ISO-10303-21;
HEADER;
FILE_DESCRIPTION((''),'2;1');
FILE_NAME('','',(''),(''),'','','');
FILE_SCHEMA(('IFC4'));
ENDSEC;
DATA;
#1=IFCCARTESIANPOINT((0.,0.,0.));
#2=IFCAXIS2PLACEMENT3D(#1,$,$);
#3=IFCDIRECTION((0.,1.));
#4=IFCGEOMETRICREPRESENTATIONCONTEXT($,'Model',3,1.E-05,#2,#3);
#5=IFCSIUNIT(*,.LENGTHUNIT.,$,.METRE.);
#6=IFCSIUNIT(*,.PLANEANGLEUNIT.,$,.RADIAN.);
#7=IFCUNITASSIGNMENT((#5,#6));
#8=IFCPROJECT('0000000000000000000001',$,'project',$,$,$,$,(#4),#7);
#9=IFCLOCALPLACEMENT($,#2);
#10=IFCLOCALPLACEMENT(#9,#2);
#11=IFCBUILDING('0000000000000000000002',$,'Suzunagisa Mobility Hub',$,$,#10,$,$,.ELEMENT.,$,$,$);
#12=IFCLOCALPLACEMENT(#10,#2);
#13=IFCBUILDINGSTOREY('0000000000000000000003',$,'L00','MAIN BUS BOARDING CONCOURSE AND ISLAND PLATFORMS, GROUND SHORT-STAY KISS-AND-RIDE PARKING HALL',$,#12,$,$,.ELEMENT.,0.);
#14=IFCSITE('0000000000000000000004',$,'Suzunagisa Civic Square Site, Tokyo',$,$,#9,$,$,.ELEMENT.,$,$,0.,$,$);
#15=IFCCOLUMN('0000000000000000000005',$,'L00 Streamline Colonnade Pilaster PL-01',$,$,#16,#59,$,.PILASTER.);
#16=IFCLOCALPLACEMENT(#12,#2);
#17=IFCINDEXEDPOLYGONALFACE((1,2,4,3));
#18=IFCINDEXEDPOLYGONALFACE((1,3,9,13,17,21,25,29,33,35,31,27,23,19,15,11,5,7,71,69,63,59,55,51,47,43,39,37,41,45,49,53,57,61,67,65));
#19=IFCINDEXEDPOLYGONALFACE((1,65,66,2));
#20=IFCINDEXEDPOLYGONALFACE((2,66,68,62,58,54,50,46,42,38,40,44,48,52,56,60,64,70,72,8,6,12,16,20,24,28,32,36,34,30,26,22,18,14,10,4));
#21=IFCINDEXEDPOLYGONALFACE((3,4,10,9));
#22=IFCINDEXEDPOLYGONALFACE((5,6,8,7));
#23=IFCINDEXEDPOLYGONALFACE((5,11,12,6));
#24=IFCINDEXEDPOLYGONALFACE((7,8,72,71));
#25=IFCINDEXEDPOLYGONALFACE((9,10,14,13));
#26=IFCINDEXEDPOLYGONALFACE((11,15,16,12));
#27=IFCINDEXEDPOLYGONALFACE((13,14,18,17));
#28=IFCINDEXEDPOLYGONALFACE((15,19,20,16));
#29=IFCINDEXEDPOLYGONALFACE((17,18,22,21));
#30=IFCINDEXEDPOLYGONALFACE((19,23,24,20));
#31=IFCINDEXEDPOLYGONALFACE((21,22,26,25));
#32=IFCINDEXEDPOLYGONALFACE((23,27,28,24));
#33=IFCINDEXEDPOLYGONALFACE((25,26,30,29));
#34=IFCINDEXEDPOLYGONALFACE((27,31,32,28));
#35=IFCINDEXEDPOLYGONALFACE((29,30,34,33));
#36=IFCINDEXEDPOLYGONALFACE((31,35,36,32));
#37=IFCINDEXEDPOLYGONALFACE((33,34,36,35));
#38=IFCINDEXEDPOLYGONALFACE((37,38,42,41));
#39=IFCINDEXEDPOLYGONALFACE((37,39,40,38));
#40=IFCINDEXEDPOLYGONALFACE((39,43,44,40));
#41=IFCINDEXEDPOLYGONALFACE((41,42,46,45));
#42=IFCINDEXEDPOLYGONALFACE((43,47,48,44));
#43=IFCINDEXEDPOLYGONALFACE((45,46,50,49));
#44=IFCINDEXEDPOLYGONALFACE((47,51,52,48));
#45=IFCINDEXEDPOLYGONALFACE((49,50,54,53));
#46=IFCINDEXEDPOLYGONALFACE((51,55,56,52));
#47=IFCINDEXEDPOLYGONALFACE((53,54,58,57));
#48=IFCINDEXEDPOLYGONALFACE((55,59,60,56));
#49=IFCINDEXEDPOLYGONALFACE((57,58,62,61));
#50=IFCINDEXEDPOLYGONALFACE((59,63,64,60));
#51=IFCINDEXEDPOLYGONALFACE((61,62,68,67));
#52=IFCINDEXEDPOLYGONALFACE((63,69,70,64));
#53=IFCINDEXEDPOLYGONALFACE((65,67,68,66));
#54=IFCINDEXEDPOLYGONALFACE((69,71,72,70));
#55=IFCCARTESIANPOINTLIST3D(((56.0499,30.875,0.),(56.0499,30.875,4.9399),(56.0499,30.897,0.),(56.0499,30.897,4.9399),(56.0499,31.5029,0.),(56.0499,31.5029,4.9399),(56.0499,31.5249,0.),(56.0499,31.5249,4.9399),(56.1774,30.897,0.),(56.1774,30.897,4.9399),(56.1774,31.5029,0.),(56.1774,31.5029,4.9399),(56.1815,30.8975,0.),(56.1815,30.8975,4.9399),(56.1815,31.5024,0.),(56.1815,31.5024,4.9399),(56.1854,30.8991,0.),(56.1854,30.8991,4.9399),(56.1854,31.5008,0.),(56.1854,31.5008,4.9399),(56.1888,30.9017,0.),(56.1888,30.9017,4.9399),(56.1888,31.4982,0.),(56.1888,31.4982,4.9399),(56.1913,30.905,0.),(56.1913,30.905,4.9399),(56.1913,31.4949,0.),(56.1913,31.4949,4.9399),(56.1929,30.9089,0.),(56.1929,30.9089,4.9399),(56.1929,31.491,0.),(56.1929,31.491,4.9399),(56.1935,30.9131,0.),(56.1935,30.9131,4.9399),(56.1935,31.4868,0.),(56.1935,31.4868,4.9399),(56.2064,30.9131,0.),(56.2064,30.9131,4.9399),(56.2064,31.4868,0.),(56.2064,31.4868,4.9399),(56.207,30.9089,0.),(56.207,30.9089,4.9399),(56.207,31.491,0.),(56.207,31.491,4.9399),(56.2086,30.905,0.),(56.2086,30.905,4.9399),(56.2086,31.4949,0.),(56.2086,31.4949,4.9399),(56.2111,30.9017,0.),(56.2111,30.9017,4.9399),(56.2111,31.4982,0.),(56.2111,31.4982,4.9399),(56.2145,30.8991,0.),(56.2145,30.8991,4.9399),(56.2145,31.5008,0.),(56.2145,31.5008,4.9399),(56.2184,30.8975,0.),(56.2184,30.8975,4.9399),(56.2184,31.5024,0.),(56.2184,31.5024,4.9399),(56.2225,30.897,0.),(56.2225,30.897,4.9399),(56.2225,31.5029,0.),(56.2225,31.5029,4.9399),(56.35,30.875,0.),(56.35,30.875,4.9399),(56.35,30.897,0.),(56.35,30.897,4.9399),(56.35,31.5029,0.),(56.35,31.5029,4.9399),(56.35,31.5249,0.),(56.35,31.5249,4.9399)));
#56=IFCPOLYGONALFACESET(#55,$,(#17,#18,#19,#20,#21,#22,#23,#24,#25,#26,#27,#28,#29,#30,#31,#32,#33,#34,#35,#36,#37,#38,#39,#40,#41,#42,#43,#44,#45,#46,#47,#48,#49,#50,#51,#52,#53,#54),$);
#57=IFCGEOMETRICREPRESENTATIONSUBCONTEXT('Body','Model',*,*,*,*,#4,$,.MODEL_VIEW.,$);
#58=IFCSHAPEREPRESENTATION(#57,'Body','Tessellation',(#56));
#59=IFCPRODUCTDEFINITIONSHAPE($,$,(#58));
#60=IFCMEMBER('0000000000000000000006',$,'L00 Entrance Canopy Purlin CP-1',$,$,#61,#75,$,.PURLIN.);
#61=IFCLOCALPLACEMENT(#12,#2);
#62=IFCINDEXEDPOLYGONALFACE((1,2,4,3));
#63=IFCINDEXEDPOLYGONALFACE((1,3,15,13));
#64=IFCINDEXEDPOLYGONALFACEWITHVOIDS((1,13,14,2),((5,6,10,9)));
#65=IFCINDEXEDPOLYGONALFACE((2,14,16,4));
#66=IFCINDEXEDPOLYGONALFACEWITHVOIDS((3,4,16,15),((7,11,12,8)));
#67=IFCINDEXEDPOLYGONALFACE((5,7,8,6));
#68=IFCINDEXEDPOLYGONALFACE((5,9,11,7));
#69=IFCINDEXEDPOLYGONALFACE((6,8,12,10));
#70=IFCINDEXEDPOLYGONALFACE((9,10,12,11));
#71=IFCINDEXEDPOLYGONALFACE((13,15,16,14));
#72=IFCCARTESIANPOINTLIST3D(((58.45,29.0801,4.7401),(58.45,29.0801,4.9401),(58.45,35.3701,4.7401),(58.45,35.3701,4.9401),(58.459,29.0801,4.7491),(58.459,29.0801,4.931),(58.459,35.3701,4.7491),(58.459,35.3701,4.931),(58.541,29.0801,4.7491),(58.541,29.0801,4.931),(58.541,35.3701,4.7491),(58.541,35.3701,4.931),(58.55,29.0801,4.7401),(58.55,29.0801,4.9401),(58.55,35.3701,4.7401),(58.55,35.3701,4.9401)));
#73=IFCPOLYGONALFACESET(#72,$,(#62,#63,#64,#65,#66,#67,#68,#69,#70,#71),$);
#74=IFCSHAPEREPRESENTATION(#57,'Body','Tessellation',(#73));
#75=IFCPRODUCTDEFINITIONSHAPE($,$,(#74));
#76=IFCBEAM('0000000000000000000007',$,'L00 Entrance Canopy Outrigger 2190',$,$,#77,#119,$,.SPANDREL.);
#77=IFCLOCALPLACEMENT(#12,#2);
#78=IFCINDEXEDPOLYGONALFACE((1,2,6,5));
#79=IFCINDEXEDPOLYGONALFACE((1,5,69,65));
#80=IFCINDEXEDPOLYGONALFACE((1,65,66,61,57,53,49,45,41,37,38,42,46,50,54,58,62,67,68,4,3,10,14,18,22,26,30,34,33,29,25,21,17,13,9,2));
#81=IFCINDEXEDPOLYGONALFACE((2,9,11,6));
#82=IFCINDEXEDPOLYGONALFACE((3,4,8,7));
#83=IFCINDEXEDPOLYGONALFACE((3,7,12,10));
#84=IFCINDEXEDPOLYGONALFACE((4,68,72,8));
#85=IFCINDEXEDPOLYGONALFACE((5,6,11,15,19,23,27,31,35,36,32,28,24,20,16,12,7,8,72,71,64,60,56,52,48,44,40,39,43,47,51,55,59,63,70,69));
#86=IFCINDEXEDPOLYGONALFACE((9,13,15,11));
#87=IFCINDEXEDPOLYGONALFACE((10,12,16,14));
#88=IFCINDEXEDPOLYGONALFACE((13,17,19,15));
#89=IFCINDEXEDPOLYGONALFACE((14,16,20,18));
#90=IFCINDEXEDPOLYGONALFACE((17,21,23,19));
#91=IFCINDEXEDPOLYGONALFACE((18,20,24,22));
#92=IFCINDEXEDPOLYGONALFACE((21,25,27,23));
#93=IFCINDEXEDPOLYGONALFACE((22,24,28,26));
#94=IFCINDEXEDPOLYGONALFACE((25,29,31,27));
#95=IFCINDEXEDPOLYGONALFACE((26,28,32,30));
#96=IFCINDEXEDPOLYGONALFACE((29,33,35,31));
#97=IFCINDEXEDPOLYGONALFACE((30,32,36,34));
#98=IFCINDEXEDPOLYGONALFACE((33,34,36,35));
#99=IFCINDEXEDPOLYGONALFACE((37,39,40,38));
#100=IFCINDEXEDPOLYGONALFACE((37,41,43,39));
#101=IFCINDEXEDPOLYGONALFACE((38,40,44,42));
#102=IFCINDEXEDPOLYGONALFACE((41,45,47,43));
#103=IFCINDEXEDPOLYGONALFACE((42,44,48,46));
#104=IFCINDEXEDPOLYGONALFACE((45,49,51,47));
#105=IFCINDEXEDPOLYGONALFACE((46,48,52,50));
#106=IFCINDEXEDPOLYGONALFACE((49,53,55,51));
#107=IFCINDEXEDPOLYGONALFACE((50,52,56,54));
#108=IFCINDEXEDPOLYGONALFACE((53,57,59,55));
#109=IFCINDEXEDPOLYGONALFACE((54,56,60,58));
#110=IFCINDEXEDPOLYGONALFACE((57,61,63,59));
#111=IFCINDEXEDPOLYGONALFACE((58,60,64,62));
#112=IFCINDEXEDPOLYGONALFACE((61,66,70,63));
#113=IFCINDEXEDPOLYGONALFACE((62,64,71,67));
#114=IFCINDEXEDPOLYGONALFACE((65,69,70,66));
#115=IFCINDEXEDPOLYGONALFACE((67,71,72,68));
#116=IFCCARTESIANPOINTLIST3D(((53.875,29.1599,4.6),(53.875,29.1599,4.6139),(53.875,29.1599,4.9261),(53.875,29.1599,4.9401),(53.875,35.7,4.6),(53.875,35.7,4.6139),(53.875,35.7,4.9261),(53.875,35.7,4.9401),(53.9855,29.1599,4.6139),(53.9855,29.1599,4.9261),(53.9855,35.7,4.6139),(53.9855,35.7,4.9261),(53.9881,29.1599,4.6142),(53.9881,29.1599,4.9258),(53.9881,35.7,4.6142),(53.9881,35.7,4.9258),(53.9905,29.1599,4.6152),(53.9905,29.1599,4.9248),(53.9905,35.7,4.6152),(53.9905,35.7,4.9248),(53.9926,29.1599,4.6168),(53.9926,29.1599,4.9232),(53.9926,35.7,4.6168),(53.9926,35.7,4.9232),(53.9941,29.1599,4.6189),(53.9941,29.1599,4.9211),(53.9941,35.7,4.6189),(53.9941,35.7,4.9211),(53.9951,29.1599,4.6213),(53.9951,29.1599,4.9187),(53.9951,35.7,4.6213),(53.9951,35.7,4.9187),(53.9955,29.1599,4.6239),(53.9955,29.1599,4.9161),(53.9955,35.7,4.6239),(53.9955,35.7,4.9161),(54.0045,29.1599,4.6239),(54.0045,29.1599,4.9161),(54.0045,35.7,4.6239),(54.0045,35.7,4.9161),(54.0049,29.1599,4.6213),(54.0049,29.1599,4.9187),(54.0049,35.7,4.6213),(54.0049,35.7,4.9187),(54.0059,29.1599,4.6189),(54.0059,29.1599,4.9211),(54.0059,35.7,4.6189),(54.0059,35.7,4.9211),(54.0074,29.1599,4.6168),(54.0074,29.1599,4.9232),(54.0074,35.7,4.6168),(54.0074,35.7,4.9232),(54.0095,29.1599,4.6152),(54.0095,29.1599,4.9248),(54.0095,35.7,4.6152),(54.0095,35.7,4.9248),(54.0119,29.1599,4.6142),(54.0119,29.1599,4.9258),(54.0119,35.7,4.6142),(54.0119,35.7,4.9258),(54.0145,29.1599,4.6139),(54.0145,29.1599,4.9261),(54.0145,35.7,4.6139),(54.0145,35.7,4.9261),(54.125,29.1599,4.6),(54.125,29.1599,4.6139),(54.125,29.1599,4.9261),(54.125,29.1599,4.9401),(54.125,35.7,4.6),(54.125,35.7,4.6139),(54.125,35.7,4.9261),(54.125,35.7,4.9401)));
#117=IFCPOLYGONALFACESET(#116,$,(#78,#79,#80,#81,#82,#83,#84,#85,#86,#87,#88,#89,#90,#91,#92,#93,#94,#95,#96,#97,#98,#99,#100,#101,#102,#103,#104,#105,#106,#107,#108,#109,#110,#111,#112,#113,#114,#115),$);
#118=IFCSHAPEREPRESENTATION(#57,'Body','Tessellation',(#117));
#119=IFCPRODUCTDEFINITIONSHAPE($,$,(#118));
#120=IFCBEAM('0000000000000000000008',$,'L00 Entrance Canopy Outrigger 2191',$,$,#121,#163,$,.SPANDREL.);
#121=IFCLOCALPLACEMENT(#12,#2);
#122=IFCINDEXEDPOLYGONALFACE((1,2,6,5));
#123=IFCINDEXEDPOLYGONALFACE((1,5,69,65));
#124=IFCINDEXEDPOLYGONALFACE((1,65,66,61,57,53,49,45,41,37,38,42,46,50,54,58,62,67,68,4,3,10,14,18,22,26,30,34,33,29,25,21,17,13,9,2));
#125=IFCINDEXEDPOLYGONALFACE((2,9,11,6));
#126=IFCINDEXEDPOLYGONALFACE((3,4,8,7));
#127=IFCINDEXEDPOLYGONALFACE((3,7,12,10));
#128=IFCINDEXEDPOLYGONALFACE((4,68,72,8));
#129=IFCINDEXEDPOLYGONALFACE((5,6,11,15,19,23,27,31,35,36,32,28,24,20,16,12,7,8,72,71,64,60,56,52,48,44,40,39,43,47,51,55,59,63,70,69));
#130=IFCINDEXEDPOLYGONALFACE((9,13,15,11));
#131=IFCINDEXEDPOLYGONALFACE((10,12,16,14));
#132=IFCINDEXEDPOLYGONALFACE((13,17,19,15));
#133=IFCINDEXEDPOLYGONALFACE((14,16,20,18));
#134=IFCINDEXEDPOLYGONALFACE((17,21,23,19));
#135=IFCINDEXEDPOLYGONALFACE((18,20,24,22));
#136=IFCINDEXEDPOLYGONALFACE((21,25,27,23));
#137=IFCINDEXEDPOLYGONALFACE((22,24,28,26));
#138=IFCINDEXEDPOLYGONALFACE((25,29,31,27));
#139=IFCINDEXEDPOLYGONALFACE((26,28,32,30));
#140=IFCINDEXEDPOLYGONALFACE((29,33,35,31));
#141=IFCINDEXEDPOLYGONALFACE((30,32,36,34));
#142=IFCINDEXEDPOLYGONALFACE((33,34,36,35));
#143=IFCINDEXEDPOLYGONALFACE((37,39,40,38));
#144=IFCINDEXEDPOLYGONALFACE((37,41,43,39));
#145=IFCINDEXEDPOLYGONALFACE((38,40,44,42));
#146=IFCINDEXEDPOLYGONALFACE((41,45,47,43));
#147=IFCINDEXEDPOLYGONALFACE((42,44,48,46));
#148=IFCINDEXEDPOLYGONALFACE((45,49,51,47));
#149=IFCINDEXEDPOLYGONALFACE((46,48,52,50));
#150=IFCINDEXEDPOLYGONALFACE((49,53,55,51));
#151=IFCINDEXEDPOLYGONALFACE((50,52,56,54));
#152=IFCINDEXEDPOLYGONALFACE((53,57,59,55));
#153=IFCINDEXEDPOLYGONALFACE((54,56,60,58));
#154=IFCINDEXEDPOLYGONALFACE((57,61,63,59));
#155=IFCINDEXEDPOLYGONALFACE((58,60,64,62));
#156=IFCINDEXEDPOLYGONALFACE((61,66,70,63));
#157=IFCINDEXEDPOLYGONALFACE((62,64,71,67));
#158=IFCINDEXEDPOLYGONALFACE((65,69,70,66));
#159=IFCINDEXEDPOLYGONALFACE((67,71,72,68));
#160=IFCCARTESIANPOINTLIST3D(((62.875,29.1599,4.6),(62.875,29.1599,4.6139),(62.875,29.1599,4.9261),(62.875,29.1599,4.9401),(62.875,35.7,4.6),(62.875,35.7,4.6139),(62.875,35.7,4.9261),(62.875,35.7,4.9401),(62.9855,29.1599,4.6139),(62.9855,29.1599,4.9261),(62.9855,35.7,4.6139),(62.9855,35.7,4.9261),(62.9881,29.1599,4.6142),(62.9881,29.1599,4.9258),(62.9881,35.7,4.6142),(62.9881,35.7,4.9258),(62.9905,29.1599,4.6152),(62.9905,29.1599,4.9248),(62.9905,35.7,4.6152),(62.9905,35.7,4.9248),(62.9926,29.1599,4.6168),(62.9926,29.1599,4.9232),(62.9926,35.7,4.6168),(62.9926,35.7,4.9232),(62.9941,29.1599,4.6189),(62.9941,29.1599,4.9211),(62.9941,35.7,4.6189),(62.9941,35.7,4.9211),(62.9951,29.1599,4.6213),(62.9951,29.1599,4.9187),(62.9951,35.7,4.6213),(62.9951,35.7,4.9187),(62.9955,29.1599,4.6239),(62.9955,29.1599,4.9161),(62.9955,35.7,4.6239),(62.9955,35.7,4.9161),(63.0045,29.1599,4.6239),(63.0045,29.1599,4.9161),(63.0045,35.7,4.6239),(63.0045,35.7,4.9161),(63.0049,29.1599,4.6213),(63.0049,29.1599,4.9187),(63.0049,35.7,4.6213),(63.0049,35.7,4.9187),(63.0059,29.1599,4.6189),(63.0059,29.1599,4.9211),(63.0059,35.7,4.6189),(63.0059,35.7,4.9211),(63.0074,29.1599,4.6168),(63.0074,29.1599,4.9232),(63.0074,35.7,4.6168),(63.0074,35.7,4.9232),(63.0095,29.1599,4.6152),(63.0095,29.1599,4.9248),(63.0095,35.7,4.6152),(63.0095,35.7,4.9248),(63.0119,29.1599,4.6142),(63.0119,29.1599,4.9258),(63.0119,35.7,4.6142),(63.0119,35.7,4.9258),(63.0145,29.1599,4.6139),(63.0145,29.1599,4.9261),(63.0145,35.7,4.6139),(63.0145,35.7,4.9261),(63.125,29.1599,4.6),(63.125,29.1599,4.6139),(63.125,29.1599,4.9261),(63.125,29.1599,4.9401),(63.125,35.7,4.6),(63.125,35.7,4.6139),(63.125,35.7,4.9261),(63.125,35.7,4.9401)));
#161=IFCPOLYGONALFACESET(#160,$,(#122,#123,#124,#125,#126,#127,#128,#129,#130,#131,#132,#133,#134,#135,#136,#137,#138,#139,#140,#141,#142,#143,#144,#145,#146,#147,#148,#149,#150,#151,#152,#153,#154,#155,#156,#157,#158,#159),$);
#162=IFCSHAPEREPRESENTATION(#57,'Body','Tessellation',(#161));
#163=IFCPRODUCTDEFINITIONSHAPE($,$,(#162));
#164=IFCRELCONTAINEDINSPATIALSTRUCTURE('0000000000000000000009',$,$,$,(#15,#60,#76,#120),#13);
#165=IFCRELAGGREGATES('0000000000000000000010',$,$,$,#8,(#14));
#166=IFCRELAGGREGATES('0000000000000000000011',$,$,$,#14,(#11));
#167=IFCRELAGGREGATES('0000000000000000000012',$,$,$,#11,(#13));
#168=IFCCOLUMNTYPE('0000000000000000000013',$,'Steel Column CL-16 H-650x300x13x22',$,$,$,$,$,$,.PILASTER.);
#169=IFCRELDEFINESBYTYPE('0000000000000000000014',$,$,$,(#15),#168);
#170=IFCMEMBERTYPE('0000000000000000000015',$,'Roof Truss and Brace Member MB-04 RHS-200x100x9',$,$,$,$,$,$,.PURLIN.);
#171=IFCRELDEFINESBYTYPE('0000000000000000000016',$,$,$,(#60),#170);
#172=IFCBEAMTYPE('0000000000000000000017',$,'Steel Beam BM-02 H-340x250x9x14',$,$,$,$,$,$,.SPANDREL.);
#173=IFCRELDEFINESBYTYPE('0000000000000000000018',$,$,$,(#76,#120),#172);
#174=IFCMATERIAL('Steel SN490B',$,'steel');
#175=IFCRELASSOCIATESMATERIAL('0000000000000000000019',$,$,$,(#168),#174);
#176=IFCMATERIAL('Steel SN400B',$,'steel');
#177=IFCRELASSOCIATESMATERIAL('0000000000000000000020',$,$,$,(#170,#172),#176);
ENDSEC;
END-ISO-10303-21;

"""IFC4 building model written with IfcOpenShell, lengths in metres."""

from ifc_helpers import new_model, si_unit, direction, frame, origin, origin_2d, place, context, subcontext, project, spatial, hollow_rectangle, i_section, extrude, material, material_profile, profile_set, type_object, element, save


model = new_model("IFC4")

# Units and contexts
model_context = context("Model", 3, precision=1e-05, world=origin(), true_north=direction((0.0, 1.0)))
body_context = subcontext(model_context, "Body", "Model", "MODEL_VIEW")
ifc_project = project(units=[si_unit("LENGTHUNIT", "METRE"), si_unit("PLANEANGLEUNIT", "RADIAN")], contexts=[model_context])

# Site, building, storey
site_placement = place(None, origin())
site = spatial("IfcSite", under=ifc_project, at=site_placement, Name="Suzunagisa Civic Square Site, Tokyo", CompositionType="ELEMENT", RefElevation=0.0)
building_placement = place(site_placement, origin())
building = spatial("IfcBuilding", under=site, at=building_placement, Name="Suzunagisa Mobility Hub", CompositionType="ELEMENT")
storey_placement = place(building_placement, origin())
storey = spatial("IfcBuildingStorey", under=building, at=storey_placement, Name="L00", Description="MAIN BUS BOARDING CONCOURSE AND ISLAND PLATFORMS, GROUND SHORT-STAY KISS-AND-RIDE PARKING HALL", CompositionType="ELEMENT", Elevation=0.0)

# Column
ifc_material_1 = material(Name="Steel SN490B", Category="steel")
ifc_material_profile_1 = material_profile(ifc_material_1, i_section(OverallWidth=0.3, OverallDepth=0.6499, WebThickness=0.0129, FlangeThickness=0.022, FilletRadius=0.0161, at=origin_2d()), Name="H-650x300x13x22")
ifc_profile_set_1 = profile_set([ifc_material_profile_1], Name="Steel SN490B")
column_type_1 = type_object("IfcColumnType", Name="Steel Column CL-16 H-650x300x13x22", PredefinedType="PILASTER", material=ifc_profile_set_1)
column_1_placement = place(storey_placement, frame((56.2, 31.2, 0.0), z_axis=(0.0, 0.0, 1.0), x_axis=(1.0, 0.0, 0.0)))
element("IfcColumn", 1, at=column_1_placement, inside=storey, type_object=column_type_1, Name="L00 Streamline Colonnade Pilaster PL-01", PredefinedType="PILASTER", context=body_context, shape_type="SweptSolid", body=[
    extrude(i_section(OverallWidth=0.3, OverallDepth=0.6499, WebThickness=0.0129, FlangeThickness=0.022, FilletRadius=0.0161, at=origin_2d()), origin(), (0.0, 0.0, 1.0), 4.9399),
])

# Member
ifc_material_2 = material(Name="Steel SN400B", Category="steel")
ifc_material_profile_2 = material_profile(ifc_material_2, hollow_rectangle(XDim=0.1001, YDim=0.2, WallThickness=0.009, at=origin_2d()), Name="RHS-200x100x9")
ifc_profile_set_2 = profile_set([ifc_material_profile_2], Name="Steel SN400B")
member_type = type_object("IfcMemberType", Name="Roof Truss and Brace Member MB-04 RHS-200x100x9", PredefinedType="PURLIN", material=ifc_profile_set_2)
member_placement = place(storey_placement, frame((58.5, 29.0801, 4.8401), z_axis=(0.0, 1.0, 0.0), x_axis=(-1.0, 0.0, 0.0)))
element("IfcMember", 2, at=member_placement, inside=storey, type_object=member_type, Name="L00 Entrance Canopy Purlin CP-1", PredefinedType="PURLIN", context=body_context, shape_type="SweptSolid", body=[
    extrude(hollow_rectangle(XDim=0.1001, YDim=0.2, WallThickness=0.009, at=origin_2d()), origin(), (0.0, 0.0, 1.0), 6.29),
])

# Beams
ifc_material_profile_3 = material_profile(ifc_material_2, i_section(OverallWidth=0.25, OverallDepth=0.3401, WebThickness=0.009, FlangeThickness=0.0139, FilletRadius=0.01, at=origin_2d()), Name="H-340x250x9x14")
ifc_profile_set_3 = profile_set([ifc_material_profile_3], Name="Steel SN400B")
beam_type_1 = type_object("IfcBeamType", Name="Steel Beam BM-02 H-340x250x9x14", PredefinedType="SPANDREL", material=ifc_profile_set_3)
for number, where, z_axis, x_axis, name in (
    (3, (54.0, 29.1599, 4.77), (0.0, 1.0, 0.0), (-1.0, 0.0, 0.0), "L00 Entrance Canopy Outrigger 2190"),
    (4, (63.0, 29.1599, 4.77), (0.0, 1.0, 0.0), (-1.0, 0.0, 0.0), "L00 Entrance Canopy Outrigger 2191"),
):
    element("IfcBeam", number, at=place(storey_placement, frame(where, z_axis=z_axis, x_axis=x_axis)), inside=storey, type_object=beam_type_1, Name=name, PredefinedType="SPANDREL", context=body_context, shape_type="SweptSolid", body=[
        extrude(i_section(OverallWidth=0.25, OverallDepth=0.3401, WebThickness=0.009, FlangeThickness=0.0139, FilletRadius=0.01, at=origin_2d()), origin(), (0.0, 0.0, 1.0), 6.54),
    ])

save(model, "model.ifc")
